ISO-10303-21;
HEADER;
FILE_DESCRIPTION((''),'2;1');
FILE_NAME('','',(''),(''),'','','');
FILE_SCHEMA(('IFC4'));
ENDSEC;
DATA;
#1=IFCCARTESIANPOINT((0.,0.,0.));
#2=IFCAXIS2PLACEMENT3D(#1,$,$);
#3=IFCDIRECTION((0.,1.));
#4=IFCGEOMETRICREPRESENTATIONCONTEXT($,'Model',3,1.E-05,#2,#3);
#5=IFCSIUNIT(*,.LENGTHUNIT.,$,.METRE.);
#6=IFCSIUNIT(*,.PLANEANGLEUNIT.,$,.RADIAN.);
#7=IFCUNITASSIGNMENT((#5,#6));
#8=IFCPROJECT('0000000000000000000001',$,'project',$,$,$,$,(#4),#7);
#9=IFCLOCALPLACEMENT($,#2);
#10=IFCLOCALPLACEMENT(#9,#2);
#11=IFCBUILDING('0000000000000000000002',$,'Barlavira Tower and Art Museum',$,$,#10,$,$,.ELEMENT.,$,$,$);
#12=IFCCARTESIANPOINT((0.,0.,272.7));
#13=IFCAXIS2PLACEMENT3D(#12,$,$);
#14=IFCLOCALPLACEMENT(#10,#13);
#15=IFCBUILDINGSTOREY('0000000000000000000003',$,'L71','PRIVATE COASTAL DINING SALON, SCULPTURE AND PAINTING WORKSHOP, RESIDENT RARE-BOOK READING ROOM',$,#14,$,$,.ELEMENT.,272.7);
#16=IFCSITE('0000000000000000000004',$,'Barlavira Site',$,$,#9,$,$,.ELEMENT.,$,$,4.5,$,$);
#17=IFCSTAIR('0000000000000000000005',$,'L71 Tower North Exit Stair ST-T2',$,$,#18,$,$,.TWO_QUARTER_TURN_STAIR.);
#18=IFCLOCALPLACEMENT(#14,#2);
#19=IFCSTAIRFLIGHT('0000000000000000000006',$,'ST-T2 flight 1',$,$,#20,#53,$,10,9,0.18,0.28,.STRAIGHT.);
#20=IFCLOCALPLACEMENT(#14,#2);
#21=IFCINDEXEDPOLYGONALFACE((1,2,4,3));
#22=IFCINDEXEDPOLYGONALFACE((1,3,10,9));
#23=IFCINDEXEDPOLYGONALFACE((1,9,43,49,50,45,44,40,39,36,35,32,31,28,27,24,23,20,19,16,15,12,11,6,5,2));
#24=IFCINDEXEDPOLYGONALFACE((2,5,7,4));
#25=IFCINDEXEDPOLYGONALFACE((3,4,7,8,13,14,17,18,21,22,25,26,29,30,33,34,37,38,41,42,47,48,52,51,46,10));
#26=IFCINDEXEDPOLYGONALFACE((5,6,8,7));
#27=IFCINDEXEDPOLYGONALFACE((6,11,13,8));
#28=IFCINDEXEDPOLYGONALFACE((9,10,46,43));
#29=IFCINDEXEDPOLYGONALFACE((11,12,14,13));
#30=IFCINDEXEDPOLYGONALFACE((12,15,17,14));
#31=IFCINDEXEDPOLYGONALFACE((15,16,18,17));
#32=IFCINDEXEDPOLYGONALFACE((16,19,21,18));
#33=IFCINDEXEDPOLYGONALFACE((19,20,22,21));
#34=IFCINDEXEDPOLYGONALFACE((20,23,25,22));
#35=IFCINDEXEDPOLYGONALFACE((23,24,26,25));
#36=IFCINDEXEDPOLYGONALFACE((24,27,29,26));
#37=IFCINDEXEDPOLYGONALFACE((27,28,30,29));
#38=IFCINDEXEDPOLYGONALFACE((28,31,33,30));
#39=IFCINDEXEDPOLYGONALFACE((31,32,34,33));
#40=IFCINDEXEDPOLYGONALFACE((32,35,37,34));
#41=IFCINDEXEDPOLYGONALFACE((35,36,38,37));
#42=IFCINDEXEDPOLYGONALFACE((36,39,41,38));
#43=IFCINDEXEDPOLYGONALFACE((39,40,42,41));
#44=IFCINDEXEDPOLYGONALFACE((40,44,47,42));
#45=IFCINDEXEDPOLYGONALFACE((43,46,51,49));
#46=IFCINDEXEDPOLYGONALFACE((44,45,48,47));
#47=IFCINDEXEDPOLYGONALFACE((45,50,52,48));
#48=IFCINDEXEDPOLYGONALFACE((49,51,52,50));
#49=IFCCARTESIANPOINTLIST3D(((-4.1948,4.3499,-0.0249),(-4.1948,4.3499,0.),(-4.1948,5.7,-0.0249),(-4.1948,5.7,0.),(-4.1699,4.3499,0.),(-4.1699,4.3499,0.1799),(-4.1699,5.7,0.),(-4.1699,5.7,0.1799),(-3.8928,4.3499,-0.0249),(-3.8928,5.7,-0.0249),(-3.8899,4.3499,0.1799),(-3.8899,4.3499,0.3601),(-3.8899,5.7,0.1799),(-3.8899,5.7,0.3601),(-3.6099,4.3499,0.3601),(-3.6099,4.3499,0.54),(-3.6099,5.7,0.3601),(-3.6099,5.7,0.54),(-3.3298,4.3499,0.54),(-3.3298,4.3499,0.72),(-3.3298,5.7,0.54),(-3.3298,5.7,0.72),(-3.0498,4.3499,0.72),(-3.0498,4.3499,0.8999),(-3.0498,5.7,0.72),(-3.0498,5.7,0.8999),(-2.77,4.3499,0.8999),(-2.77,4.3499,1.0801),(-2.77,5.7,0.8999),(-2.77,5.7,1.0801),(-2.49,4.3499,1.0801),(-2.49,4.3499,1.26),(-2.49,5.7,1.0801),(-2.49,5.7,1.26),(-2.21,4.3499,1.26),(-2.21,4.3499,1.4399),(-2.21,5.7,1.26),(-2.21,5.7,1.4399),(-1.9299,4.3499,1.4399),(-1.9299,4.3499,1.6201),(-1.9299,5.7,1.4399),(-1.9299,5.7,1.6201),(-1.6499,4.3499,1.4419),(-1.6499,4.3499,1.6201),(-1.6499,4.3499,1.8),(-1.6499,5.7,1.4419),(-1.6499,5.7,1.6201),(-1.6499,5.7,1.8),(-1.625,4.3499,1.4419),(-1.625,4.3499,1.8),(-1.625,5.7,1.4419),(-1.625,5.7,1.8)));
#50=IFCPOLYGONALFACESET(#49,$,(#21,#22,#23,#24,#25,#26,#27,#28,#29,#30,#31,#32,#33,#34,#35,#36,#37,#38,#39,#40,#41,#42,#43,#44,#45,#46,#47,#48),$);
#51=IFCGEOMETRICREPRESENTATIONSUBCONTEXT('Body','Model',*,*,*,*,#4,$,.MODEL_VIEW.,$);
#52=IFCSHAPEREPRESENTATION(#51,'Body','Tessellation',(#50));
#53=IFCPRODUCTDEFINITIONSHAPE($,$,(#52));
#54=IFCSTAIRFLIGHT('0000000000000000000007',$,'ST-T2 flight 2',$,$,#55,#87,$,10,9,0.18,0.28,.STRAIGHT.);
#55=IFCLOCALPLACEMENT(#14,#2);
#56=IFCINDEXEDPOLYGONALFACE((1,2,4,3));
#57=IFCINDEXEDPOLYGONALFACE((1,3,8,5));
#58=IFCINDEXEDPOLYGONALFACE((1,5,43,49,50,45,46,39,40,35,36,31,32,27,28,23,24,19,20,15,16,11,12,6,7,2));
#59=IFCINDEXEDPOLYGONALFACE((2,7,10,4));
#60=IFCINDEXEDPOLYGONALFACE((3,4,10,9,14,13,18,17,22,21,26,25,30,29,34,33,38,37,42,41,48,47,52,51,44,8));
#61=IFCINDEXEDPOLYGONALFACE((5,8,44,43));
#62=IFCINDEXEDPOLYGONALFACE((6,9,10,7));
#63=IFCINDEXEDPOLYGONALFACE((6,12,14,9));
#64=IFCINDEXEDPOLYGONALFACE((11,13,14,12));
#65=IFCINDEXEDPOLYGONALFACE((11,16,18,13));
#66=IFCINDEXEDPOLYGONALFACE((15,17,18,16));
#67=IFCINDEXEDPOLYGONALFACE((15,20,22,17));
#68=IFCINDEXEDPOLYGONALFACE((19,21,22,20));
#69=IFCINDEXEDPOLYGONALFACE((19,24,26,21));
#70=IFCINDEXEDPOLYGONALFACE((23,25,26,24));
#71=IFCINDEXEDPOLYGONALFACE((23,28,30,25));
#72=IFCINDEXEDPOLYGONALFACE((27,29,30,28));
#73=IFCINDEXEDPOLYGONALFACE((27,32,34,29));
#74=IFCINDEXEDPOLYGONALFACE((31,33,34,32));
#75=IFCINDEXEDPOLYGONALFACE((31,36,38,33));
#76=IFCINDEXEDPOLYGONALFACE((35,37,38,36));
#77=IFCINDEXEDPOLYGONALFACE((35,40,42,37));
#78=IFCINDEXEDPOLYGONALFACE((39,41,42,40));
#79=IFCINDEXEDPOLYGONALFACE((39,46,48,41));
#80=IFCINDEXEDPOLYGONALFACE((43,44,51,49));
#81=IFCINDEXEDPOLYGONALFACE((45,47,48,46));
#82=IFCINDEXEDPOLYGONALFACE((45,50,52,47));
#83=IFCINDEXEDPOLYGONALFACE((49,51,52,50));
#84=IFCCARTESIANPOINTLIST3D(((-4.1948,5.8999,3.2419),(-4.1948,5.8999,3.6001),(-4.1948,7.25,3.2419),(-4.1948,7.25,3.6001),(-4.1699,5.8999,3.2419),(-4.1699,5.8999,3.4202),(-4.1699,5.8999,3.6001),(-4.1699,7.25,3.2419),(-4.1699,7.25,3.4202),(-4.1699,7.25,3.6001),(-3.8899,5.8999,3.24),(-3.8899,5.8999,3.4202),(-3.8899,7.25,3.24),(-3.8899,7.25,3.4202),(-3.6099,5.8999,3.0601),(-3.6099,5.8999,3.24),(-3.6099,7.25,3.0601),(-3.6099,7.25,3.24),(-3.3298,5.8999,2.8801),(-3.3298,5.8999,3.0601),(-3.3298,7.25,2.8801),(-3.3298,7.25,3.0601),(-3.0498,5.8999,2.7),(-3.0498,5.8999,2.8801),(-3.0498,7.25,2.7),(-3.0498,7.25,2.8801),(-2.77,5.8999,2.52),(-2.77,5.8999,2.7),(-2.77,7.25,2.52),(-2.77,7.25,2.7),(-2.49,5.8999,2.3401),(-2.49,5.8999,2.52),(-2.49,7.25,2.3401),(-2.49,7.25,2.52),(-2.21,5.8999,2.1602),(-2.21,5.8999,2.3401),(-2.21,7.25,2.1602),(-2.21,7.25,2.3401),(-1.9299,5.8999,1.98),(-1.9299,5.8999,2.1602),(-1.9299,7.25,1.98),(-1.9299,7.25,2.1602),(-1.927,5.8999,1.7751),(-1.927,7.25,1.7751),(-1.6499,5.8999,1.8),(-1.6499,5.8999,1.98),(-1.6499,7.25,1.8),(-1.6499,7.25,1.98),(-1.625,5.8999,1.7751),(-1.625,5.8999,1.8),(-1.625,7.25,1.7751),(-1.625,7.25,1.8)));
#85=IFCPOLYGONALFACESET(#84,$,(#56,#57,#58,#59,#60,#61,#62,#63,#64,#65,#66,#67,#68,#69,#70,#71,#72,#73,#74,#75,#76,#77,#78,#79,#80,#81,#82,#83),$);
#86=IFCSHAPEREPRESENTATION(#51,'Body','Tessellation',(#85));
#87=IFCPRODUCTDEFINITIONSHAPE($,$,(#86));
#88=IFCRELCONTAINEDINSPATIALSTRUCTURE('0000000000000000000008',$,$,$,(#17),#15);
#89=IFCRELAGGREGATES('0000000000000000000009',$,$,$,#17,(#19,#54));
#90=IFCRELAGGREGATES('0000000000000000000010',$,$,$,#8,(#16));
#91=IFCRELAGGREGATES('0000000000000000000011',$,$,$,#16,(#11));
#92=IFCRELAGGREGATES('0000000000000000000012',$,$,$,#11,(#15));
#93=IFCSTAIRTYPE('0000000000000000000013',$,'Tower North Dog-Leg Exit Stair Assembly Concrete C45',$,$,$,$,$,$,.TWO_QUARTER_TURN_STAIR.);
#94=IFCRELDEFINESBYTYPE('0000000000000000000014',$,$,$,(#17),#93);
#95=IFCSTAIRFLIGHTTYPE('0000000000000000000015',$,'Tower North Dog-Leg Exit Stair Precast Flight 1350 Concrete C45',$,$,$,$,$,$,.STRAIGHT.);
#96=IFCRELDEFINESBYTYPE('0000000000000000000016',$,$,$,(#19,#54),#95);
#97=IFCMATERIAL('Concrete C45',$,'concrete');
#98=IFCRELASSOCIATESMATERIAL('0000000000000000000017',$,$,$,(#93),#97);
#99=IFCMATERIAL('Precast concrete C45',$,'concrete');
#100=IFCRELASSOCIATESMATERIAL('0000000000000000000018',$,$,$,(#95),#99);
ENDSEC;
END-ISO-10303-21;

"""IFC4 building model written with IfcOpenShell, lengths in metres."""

from ifc_helpers import new_model, si_unit, direction, frame, origin, place, context, subcontext, project, spatial, polyline, outline, extrude, material, type_object, element, aggregate, save


model = new_model("IFC4")

# Units and contexts
model_context = context("Model", 3, precision=1e-05, world=origin(), true_north=direction((0.0, 1.0)))
body_context = subcontext(model_context, "Body", "Model", "MODEL_VIEW")
ifc_project = project(units=[si_unit("LENGTHUNIT", "METRE"), si_unit("PLANEANGLEUNIT", "RADIAN")], contexts=[model_context])

# Site, building, storey
site_placement = place(None, origin())
site = spatial("IfcSite", under=ifc_project, at=site_placement, Name="Barlavira Site", CompositionType="ELEMENT", RefElevation=4.5)
building_placement = place(site_placement, origin())
building = spatial("IfcBuilding", under=site, at=building_placement, Name="Barlavira Tower and Art Museum", CompositionType="ELEMENT")
storey_placement = place(building_placement, frame((0.0, 0.0, 272.7)))
storey = spatial("IfcBuildingStorey", under=building, at=storey_placement, Name="L71", Description="PRIVATE COASTAL DINING SALON, SCULPTURE AND PAINTING WORKSHOP, RESIDENT RARE-BOOK READING ROOM", CompositionType="ELEMENT", Elevation=272.7)

# Stair
ifc_material_1 = material(Name="Concrete C45", Category="concrete")
stair_type_1 = type_object("IfcStairType", Name="Tower North Dog-Leg Exit Stair Assembly Concrete C45", PredefinedType="TWO_QUARTER_TURN_STAIR", material=ifc_material_1)
stair_1_placement = place(storey_placement, origin())
stair_1 = element("IfcStair", 1, at=stair_1_placement, inside=storey, type_object=stair_type_1, Name="L71 Tower North Exit Stair ST-T2", PredefinedType="TWO_QUARTER_TURN_STAIR")

# Stair flights
ifc_material_2 = material(Name="Precast concrete C45", Category="concrete")
stair_flight_type = type_object("IfcStairFlightType", Name="Tower North Dog-Leg Exit Stair Precast Flight 1350 Concrete C45", PredefinedType="STRAIGHT", material=ifc_material_2)
stair_flight_1_placement = place(storey_placement, frame((-4.1699, 5.0249, 0.0), z_axis=(0.0, 0.0, 1.0), x_axis=(1.0, 0.0, 0.0)))
stair_flight_1 = element("IfcStairFlight", 2, at=stair_flight_1_placement, type_object=stair_flight_type, Name="ST-T2 flight 1", NumberOfRisers=10, NumberOfTreads=9, PredefinedType="STRAIGHT", RiserHeight=0.18, TreadLength=0.28, context=body_context, shape_type="SweptSolid", body=[
    extrude(outline(polyline([(-0.0249, 0.0), (0.0, 0.0), (0.0, 0.1799), (0.28, 0.1799), (0.28, 0.3601), (0.5601, 0.3601), (0.5601, 0.54), (0.8401, 0.54), (0.8401, 0.72), (1.1201, 0.72), (1.1201, 0.8999), (1.3999, 0.8999), (1.3999, 1.0801), (1.6799, 1.0801), (1.6799, 1.26), (1.96, 1.26), (1.96, 1.4399), (2.24, 1.4399), (2.24, 1.6201), (2.52, 1.6201), (2.52, 1.8), (2.5449, 1.8), (2.5449, 1.4419), (2.52, 1.4419), (0.2771, -0.0249), (-0.0249, -0.0249), (-0.0249, 0.0)])), frame((0.0, 0.675, 0.0), z_axis=(0.0, -1.0, 0.0), x_axis=(1.0, 0.0, 0.0)), (0.0, 0.0, 1.0), 1.3501),
])
stair_flight_2_placement = place(storey_placement, frame((-1.6499, 6.575, 1.8), z_axis=(0.0, 0.0, 1.0), x_axis=(-1.0, 0.0, 0.0)))
stair_flight_2 = element("IfcStairFlight", 3, at=stair_flight_2_placement, type_object=stair_flight_type, Name="ST-T2 flight 2", NumberOfRisers=10, NumberOfTreads=9, PredefinedType="STRAIGHT", RiserHeight=0.18, TreadLength=0.28, context=body_context, shape_type="SweptSolid", body=[
    extrude(outline(polyline([(-0.0249, 0.0), (0.0, 0.0), (0.0, 0.1799), (0.28, 0.1799), (0.28, 0.3601), (0.5601, 0.3601), (0.5601, 0.54), (0.8401, 0.54), (0.8401, 0.72), (1.1201, 0.72), (1.1201, 0.8999), (1.3999, 0.8999), (1.3999, 1.0801), (1.6799, 1.0801), (1.6799, 1.26), (1.96, 1.26), (1.96, 1.4399), (2.24, 1.4399), (2.24, 1.6201), (2.52, 1.6201), (2.52, 1.8), (2.5449, 1.8), (2.5449, 1.4419), (2.52, 1.4419), (0.2771, -0.0249), (-0.0249, -0.0249), (-0.0249, 0.0)])), frame((0.0, 0.675, 0.0), z_axis=(0.0, -1.0, 0.0), x_axis=(1.0, 0.0, 0.0)), (0.0, 0.0, 1.0), 1.3501),
])
aggregate(stair_1, [stair_flight_1, stair_flight_2])

save(model, "model.ifc")
